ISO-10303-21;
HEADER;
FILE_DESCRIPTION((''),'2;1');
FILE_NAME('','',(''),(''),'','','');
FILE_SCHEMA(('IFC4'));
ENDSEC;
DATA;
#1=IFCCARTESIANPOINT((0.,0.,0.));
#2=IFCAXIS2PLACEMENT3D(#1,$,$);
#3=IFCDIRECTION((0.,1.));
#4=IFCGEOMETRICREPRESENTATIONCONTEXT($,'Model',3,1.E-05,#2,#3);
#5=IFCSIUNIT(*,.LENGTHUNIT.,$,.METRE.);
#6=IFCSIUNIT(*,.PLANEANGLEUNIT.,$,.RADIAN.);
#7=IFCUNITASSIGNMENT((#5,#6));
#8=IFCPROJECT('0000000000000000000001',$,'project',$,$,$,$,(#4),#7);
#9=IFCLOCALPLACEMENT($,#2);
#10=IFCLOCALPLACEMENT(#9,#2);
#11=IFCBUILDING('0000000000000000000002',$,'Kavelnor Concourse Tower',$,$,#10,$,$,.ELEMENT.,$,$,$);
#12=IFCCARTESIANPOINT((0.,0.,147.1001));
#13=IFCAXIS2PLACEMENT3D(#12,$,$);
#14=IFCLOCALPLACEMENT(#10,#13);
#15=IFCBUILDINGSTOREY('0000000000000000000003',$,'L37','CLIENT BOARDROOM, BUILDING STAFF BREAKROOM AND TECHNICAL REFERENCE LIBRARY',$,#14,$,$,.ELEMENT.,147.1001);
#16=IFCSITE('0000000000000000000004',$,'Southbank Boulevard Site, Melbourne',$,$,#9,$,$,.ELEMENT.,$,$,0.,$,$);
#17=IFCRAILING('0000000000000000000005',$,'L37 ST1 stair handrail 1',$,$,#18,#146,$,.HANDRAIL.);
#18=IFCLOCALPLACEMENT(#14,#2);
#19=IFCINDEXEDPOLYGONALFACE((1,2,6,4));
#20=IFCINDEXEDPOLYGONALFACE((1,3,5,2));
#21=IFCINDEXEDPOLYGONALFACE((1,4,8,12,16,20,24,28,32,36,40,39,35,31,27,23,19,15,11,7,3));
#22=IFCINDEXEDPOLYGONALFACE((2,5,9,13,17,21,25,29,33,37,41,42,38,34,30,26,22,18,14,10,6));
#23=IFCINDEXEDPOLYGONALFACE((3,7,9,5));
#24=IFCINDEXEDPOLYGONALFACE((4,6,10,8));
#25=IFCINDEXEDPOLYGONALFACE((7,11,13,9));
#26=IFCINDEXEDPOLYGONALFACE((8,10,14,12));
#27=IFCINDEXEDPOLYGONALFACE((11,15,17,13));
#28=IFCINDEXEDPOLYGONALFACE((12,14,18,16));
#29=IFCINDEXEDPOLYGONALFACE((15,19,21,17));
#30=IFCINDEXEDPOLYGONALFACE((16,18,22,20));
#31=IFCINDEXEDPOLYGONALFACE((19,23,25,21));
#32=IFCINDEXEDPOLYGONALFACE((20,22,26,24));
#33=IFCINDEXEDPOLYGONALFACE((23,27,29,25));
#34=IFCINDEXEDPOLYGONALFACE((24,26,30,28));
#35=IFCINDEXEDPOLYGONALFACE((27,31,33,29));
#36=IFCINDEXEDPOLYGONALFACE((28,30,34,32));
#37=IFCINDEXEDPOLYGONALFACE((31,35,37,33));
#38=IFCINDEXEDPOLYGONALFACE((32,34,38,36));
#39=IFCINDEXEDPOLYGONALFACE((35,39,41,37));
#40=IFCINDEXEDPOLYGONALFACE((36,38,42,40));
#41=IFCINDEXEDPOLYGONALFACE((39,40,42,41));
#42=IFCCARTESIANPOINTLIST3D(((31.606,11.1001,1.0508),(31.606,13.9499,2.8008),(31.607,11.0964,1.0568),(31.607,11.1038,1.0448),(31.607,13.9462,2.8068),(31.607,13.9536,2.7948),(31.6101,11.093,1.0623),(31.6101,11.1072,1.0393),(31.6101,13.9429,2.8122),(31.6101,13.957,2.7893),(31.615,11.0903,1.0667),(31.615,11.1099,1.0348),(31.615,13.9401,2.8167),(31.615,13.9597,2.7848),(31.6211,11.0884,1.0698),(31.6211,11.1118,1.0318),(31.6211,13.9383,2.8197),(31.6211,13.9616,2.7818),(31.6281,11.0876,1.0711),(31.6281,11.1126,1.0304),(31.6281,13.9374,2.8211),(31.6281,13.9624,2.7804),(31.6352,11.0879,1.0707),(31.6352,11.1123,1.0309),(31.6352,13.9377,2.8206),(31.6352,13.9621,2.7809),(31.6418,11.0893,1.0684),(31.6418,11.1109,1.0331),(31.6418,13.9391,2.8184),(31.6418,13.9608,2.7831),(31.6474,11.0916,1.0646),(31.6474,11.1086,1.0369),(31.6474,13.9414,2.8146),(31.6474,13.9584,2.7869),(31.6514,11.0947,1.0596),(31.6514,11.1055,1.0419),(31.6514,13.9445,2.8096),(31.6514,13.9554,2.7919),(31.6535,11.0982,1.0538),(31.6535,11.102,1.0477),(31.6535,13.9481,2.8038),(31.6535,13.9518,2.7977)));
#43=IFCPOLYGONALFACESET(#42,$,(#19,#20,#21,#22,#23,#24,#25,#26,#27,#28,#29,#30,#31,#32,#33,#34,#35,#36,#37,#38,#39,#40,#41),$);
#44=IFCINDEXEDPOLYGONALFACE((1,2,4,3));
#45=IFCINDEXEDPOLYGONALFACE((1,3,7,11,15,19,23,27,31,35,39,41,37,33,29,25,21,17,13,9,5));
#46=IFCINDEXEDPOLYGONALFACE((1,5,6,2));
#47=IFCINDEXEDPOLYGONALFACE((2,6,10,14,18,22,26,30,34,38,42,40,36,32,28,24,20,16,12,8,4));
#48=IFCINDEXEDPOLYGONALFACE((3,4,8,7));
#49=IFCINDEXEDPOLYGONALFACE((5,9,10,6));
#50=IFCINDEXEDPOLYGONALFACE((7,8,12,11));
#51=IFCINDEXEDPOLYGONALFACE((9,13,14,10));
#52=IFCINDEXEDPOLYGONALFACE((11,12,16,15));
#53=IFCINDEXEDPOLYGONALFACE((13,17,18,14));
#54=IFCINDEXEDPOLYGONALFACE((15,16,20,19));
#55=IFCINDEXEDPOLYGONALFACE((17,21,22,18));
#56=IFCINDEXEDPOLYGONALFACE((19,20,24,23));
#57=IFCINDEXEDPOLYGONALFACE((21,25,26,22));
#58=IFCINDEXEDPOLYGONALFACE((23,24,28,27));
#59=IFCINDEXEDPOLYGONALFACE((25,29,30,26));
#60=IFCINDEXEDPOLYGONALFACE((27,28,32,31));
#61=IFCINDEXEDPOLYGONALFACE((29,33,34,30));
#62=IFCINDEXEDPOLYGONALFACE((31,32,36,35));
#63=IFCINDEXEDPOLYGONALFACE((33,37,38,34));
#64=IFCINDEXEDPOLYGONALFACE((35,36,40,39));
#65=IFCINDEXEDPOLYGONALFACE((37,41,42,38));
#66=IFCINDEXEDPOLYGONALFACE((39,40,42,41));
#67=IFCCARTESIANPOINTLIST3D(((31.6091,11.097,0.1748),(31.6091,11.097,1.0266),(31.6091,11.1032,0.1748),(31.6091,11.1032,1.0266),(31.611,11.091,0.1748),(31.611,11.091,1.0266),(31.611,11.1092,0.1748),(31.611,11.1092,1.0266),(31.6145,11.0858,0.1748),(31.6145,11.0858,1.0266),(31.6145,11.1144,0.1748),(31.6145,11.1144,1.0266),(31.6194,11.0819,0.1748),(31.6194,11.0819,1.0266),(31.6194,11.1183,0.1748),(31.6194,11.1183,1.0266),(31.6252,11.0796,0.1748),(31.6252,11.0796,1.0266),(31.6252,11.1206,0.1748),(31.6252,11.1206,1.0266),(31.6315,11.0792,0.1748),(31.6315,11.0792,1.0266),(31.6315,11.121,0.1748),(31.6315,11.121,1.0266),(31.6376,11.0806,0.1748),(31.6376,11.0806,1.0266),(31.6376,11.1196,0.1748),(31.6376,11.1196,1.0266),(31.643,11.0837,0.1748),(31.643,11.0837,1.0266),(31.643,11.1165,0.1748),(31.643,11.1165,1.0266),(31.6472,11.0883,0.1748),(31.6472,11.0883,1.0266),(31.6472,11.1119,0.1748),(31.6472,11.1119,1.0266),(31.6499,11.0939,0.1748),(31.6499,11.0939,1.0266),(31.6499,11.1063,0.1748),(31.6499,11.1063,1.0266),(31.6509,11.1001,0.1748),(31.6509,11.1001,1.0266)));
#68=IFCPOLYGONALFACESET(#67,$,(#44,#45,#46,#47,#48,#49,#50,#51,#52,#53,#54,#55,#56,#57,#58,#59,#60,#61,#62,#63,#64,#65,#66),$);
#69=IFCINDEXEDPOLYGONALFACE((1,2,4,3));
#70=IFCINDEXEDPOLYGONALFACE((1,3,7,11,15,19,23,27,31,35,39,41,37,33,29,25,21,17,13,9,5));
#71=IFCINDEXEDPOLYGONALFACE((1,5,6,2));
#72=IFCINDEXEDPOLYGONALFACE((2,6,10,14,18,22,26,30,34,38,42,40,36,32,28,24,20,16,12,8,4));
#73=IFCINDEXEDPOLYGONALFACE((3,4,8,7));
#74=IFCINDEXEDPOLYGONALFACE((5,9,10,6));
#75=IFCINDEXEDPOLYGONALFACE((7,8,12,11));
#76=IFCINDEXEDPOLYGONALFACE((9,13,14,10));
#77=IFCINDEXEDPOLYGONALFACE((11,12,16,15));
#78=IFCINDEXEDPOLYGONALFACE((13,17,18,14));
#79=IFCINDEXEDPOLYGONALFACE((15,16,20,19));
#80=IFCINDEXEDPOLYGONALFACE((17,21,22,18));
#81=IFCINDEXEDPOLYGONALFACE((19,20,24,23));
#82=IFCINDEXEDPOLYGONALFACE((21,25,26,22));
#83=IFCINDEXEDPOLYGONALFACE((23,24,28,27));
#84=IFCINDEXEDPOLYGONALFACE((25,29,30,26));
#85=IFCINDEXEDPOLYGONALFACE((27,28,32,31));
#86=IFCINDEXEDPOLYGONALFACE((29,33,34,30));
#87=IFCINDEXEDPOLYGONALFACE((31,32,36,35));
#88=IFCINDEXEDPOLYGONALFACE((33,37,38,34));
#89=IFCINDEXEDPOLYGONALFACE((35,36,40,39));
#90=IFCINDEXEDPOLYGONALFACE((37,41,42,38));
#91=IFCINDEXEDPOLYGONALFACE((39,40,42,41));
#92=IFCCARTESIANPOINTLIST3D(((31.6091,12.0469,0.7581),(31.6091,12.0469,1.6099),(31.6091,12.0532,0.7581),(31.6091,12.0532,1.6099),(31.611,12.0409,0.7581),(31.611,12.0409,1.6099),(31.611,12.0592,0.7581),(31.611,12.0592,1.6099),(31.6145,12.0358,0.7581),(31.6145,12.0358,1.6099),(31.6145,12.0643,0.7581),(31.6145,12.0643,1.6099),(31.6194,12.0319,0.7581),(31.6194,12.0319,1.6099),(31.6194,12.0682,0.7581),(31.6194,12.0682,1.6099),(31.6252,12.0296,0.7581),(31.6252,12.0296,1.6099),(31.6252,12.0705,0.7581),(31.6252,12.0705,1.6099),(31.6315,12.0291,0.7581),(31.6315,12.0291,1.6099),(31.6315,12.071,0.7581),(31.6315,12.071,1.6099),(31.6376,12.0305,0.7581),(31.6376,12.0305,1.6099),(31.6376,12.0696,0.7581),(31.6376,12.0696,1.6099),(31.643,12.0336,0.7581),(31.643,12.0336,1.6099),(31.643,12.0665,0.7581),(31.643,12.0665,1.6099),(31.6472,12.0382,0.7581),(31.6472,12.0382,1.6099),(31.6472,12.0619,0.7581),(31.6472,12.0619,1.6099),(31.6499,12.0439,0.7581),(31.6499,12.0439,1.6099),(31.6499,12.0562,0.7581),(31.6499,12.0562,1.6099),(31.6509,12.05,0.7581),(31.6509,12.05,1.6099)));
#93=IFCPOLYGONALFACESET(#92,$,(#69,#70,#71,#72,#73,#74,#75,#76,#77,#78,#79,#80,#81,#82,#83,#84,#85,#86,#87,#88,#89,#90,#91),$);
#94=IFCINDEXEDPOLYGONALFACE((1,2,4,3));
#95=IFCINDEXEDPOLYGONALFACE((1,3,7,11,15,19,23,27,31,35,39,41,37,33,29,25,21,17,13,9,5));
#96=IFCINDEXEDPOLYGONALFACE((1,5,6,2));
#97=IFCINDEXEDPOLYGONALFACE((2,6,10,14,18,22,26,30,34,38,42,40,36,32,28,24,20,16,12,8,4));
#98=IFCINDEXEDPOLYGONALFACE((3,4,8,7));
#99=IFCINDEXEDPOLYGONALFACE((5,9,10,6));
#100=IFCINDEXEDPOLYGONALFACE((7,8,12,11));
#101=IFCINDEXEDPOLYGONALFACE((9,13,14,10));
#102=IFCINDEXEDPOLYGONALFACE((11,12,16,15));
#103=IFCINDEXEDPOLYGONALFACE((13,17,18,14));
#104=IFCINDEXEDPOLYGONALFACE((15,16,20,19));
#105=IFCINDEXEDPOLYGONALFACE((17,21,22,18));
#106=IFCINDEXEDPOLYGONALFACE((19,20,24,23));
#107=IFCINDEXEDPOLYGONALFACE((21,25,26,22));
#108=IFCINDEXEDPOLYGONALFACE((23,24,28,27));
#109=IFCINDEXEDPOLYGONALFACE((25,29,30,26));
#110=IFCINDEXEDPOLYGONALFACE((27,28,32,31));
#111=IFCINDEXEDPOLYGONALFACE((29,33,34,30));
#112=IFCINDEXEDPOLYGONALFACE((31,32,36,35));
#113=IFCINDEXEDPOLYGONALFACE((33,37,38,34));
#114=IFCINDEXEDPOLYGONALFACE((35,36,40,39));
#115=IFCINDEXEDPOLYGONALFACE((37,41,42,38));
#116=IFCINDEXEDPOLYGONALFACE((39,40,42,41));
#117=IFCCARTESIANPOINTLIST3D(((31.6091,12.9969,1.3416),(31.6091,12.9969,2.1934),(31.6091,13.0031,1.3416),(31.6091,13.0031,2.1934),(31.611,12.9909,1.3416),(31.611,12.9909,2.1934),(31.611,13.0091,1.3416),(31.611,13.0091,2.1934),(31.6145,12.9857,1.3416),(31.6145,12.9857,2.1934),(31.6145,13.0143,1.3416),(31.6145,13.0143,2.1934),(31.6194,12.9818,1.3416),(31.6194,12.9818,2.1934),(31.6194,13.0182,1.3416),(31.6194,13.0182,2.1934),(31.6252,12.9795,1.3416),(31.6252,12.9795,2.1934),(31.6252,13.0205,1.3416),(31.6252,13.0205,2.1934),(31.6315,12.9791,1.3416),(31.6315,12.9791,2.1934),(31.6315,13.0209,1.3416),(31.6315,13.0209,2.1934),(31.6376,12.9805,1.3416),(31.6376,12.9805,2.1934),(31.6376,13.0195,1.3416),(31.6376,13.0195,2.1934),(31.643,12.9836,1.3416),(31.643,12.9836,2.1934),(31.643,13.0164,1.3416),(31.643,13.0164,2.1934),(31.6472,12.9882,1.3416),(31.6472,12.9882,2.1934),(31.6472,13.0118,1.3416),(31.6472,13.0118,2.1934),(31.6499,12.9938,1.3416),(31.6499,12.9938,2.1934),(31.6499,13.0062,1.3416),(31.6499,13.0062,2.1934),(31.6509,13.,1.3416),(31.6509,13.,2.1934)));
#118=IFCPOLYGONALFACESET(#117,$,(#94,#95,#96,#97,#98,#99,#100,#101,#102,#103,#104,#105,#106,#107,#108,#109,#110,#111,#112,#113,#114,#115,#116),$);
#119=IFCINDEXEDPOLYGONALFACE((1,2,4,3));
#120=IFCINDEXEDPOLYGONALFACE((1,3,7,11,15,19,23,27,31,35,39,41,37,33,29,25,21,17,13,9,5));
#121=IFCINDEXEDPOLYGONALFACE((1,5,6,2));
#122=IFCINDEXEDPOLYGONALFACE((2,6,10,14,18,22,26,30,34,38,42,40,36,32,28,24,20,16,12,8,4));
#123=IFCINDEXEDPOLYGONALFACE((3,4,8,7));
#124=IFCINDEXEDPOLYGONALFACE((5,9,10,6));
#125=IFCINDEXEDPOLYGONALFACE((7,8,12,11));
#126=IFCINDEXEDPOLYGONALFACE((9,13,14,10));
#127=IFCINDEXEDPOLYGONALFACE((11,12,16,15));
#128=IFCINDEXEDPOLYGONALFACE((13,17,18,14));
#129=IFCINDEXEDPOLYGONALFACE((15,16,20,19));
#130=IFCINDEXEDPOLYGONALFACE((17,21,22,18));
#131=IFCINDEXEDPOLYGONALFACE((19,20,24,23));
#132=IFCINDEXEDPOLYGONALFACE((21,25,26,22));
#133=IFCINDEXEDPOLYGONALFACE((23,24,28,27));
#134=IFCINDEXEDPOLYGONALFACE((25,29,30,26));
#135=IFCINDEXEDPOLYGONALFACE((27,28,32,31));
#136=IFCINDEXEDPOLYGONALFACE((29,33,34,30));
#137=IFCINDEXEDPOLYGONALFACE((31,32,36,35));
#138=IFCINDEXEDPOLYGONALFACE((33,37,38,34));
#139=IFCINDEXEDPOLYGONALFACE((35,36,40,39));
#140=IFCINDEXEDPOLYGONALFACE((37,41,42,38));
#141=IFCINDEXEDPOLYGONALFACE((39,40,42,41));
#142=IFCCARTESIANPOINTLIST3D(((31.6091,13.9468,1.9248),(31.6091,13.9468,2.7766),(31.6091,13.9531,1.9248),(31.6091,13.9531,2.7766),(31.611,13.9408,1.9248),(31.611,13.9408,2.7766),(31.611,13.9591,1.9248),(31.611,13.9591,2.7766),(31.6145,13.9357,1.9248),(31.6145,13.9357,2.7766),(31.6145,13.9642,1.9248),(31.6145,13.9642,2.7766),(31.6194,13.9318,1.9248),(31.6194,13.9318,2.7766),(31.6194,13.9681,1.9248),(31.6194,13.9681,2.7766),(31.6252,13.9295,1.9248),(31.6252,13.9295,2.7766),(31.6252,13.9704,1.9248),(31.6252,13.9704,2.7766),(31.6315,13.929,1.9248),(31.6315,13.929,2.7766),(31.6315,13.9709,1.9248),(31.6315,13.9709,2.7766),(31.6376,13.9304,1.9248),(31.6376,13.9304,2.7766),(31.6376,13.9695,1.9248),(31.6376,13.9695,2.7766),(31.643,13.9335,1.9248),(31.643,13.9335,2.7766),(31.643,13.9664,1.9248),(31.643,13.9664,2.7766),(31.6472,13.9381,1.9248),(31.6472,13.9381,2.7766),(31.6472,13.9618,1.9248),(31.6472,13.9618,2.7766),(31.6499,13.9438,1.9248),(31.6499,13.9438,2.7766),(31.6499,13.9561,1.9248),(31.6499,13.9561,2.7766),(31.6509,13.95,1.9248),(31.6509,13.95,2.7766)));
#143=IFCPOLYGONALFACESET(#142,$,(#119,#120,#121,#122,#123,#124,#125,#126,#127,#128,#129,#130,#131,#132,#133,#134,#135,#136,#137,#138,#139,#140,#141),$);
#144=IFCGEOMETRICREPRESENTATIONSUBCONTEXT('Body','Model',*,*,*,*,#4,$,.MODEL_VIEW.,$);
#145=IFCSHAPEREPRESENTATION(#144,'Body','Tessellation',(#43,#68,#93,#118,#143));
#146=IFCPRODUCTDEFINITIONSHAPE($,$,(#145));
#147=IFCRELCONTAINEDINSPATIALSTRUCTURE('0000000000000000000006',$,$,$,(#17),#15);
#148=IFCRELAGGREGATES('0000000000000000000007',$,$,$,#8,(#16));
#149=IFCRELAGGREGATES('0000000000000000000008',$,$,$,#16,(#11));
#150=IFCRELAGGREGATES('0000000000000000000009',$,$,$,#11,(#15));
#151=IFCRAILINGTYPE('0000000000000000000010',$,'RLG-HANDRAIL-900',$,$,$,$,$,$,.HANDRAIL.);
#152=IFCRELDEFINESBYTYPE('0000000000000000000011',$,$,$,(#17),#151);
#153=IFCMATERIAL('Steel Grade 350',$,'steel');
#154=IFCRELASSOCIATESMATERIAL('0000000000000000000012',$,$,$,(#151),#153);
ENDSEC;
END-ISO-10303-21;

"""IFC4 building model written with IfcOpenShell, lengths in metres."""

from ifc_helpers import new_model, si_unit, direction, frame, origin, origin_2d, place, context, subcontext, project, spatial, circle, extrude, material, type_object, element, save


model = new_model("IFC4")

# Units and contexts
model_context = context("Model", 3, precision=1e-05, world=origin(), true_north=direction((0.0, 1.0)))
body_context = subcontext(model_context, "Body", "Model", "MODEL_VIEW")
ifc_project = project(units=[si_unit("LENGTHUNIT", "METRE"), si_unit("PLANEANGLEUNIT", "RADIAN")], contexts=[model_context])

# Site, building, storey
site_placement = place(None, origin())
site = spatial("IfcSite", under=ifc_project, at=site_placement, Name="Southbank Boulevard Site, Melbourne", CompositionType="ELEMENT", RefElevation=0.0)
building_placement = place(site_placement, origin())
building = spatial("IfcBuilding", under=site, at=building_placement, Name="Kavelnor Concourse Tower", CompositionType="ELEMENT")
storey_placement = place(building_placement, frame((0.0, 0.0, 147.1001)))
storey = spatial("IfcBuildingStorey", under=building, at=storey_placement, Name="L37", Description="CLIENT BOARDROOM, BUILDING STAFF BREAKROOM AND TECHNICAL REFERENCE LIBRARY", CompositionType="ELEMENT", Elevation=147.1001)

# Shared definitions
ifc_material_1 = material(Name="Steel Grade 350", Category="steel")

# Railing
railing_type_1 = type_object("IfcRailingType", Name="RLG-HANDRAIL-900", PredefinedType="HANDRAIL", material=ifc_material_1)
railing_1_placement = place(storey_placement, frame((31.6299, 11.1001, 0.1748)))
element("IfcRailing", 1, at=railing_1_placement, inside=storey, type_object=railing_type_1, Name="L37 ST1 stair handrail 1", PredefinedType="HANDRAIL", context=body_context, shape_type="SweptSolid", body=[
    extrude(circle(Radius=0.0239, at=origin_2d()), frame((0.0, 0.0, 0.876), z_axis=(0.0, 0.852159, 0.523283), x_axis=(-1.0, 0.0, 0.0)), (0.0, 0.0, 1.0), 3.3442),
    extrude(circle(Radius=0.021, at=origin_2d()), origin(), (0.0, 0.0, 1.0), 0.8518),
    extrude(circle(Radius=0.021, at=origin_2d()), frame((0.0, 0.95, 0.5833)), (0.0, 0.0, 1.0), 0.8518),
    extrude(circle(Radius=0.021, at=origin_2d()), frame((0.0, 1.8999, 1.1667)), (0.0, 0.0, 1.0), 0.8518),
    extrude(circle(Radius=0.021, at=origin_2d()), frame((0.0, 2.8499, 1.75)), (0.0, 0.0, 1.0), 0.8518),
])

save(model, "model.ifc")
